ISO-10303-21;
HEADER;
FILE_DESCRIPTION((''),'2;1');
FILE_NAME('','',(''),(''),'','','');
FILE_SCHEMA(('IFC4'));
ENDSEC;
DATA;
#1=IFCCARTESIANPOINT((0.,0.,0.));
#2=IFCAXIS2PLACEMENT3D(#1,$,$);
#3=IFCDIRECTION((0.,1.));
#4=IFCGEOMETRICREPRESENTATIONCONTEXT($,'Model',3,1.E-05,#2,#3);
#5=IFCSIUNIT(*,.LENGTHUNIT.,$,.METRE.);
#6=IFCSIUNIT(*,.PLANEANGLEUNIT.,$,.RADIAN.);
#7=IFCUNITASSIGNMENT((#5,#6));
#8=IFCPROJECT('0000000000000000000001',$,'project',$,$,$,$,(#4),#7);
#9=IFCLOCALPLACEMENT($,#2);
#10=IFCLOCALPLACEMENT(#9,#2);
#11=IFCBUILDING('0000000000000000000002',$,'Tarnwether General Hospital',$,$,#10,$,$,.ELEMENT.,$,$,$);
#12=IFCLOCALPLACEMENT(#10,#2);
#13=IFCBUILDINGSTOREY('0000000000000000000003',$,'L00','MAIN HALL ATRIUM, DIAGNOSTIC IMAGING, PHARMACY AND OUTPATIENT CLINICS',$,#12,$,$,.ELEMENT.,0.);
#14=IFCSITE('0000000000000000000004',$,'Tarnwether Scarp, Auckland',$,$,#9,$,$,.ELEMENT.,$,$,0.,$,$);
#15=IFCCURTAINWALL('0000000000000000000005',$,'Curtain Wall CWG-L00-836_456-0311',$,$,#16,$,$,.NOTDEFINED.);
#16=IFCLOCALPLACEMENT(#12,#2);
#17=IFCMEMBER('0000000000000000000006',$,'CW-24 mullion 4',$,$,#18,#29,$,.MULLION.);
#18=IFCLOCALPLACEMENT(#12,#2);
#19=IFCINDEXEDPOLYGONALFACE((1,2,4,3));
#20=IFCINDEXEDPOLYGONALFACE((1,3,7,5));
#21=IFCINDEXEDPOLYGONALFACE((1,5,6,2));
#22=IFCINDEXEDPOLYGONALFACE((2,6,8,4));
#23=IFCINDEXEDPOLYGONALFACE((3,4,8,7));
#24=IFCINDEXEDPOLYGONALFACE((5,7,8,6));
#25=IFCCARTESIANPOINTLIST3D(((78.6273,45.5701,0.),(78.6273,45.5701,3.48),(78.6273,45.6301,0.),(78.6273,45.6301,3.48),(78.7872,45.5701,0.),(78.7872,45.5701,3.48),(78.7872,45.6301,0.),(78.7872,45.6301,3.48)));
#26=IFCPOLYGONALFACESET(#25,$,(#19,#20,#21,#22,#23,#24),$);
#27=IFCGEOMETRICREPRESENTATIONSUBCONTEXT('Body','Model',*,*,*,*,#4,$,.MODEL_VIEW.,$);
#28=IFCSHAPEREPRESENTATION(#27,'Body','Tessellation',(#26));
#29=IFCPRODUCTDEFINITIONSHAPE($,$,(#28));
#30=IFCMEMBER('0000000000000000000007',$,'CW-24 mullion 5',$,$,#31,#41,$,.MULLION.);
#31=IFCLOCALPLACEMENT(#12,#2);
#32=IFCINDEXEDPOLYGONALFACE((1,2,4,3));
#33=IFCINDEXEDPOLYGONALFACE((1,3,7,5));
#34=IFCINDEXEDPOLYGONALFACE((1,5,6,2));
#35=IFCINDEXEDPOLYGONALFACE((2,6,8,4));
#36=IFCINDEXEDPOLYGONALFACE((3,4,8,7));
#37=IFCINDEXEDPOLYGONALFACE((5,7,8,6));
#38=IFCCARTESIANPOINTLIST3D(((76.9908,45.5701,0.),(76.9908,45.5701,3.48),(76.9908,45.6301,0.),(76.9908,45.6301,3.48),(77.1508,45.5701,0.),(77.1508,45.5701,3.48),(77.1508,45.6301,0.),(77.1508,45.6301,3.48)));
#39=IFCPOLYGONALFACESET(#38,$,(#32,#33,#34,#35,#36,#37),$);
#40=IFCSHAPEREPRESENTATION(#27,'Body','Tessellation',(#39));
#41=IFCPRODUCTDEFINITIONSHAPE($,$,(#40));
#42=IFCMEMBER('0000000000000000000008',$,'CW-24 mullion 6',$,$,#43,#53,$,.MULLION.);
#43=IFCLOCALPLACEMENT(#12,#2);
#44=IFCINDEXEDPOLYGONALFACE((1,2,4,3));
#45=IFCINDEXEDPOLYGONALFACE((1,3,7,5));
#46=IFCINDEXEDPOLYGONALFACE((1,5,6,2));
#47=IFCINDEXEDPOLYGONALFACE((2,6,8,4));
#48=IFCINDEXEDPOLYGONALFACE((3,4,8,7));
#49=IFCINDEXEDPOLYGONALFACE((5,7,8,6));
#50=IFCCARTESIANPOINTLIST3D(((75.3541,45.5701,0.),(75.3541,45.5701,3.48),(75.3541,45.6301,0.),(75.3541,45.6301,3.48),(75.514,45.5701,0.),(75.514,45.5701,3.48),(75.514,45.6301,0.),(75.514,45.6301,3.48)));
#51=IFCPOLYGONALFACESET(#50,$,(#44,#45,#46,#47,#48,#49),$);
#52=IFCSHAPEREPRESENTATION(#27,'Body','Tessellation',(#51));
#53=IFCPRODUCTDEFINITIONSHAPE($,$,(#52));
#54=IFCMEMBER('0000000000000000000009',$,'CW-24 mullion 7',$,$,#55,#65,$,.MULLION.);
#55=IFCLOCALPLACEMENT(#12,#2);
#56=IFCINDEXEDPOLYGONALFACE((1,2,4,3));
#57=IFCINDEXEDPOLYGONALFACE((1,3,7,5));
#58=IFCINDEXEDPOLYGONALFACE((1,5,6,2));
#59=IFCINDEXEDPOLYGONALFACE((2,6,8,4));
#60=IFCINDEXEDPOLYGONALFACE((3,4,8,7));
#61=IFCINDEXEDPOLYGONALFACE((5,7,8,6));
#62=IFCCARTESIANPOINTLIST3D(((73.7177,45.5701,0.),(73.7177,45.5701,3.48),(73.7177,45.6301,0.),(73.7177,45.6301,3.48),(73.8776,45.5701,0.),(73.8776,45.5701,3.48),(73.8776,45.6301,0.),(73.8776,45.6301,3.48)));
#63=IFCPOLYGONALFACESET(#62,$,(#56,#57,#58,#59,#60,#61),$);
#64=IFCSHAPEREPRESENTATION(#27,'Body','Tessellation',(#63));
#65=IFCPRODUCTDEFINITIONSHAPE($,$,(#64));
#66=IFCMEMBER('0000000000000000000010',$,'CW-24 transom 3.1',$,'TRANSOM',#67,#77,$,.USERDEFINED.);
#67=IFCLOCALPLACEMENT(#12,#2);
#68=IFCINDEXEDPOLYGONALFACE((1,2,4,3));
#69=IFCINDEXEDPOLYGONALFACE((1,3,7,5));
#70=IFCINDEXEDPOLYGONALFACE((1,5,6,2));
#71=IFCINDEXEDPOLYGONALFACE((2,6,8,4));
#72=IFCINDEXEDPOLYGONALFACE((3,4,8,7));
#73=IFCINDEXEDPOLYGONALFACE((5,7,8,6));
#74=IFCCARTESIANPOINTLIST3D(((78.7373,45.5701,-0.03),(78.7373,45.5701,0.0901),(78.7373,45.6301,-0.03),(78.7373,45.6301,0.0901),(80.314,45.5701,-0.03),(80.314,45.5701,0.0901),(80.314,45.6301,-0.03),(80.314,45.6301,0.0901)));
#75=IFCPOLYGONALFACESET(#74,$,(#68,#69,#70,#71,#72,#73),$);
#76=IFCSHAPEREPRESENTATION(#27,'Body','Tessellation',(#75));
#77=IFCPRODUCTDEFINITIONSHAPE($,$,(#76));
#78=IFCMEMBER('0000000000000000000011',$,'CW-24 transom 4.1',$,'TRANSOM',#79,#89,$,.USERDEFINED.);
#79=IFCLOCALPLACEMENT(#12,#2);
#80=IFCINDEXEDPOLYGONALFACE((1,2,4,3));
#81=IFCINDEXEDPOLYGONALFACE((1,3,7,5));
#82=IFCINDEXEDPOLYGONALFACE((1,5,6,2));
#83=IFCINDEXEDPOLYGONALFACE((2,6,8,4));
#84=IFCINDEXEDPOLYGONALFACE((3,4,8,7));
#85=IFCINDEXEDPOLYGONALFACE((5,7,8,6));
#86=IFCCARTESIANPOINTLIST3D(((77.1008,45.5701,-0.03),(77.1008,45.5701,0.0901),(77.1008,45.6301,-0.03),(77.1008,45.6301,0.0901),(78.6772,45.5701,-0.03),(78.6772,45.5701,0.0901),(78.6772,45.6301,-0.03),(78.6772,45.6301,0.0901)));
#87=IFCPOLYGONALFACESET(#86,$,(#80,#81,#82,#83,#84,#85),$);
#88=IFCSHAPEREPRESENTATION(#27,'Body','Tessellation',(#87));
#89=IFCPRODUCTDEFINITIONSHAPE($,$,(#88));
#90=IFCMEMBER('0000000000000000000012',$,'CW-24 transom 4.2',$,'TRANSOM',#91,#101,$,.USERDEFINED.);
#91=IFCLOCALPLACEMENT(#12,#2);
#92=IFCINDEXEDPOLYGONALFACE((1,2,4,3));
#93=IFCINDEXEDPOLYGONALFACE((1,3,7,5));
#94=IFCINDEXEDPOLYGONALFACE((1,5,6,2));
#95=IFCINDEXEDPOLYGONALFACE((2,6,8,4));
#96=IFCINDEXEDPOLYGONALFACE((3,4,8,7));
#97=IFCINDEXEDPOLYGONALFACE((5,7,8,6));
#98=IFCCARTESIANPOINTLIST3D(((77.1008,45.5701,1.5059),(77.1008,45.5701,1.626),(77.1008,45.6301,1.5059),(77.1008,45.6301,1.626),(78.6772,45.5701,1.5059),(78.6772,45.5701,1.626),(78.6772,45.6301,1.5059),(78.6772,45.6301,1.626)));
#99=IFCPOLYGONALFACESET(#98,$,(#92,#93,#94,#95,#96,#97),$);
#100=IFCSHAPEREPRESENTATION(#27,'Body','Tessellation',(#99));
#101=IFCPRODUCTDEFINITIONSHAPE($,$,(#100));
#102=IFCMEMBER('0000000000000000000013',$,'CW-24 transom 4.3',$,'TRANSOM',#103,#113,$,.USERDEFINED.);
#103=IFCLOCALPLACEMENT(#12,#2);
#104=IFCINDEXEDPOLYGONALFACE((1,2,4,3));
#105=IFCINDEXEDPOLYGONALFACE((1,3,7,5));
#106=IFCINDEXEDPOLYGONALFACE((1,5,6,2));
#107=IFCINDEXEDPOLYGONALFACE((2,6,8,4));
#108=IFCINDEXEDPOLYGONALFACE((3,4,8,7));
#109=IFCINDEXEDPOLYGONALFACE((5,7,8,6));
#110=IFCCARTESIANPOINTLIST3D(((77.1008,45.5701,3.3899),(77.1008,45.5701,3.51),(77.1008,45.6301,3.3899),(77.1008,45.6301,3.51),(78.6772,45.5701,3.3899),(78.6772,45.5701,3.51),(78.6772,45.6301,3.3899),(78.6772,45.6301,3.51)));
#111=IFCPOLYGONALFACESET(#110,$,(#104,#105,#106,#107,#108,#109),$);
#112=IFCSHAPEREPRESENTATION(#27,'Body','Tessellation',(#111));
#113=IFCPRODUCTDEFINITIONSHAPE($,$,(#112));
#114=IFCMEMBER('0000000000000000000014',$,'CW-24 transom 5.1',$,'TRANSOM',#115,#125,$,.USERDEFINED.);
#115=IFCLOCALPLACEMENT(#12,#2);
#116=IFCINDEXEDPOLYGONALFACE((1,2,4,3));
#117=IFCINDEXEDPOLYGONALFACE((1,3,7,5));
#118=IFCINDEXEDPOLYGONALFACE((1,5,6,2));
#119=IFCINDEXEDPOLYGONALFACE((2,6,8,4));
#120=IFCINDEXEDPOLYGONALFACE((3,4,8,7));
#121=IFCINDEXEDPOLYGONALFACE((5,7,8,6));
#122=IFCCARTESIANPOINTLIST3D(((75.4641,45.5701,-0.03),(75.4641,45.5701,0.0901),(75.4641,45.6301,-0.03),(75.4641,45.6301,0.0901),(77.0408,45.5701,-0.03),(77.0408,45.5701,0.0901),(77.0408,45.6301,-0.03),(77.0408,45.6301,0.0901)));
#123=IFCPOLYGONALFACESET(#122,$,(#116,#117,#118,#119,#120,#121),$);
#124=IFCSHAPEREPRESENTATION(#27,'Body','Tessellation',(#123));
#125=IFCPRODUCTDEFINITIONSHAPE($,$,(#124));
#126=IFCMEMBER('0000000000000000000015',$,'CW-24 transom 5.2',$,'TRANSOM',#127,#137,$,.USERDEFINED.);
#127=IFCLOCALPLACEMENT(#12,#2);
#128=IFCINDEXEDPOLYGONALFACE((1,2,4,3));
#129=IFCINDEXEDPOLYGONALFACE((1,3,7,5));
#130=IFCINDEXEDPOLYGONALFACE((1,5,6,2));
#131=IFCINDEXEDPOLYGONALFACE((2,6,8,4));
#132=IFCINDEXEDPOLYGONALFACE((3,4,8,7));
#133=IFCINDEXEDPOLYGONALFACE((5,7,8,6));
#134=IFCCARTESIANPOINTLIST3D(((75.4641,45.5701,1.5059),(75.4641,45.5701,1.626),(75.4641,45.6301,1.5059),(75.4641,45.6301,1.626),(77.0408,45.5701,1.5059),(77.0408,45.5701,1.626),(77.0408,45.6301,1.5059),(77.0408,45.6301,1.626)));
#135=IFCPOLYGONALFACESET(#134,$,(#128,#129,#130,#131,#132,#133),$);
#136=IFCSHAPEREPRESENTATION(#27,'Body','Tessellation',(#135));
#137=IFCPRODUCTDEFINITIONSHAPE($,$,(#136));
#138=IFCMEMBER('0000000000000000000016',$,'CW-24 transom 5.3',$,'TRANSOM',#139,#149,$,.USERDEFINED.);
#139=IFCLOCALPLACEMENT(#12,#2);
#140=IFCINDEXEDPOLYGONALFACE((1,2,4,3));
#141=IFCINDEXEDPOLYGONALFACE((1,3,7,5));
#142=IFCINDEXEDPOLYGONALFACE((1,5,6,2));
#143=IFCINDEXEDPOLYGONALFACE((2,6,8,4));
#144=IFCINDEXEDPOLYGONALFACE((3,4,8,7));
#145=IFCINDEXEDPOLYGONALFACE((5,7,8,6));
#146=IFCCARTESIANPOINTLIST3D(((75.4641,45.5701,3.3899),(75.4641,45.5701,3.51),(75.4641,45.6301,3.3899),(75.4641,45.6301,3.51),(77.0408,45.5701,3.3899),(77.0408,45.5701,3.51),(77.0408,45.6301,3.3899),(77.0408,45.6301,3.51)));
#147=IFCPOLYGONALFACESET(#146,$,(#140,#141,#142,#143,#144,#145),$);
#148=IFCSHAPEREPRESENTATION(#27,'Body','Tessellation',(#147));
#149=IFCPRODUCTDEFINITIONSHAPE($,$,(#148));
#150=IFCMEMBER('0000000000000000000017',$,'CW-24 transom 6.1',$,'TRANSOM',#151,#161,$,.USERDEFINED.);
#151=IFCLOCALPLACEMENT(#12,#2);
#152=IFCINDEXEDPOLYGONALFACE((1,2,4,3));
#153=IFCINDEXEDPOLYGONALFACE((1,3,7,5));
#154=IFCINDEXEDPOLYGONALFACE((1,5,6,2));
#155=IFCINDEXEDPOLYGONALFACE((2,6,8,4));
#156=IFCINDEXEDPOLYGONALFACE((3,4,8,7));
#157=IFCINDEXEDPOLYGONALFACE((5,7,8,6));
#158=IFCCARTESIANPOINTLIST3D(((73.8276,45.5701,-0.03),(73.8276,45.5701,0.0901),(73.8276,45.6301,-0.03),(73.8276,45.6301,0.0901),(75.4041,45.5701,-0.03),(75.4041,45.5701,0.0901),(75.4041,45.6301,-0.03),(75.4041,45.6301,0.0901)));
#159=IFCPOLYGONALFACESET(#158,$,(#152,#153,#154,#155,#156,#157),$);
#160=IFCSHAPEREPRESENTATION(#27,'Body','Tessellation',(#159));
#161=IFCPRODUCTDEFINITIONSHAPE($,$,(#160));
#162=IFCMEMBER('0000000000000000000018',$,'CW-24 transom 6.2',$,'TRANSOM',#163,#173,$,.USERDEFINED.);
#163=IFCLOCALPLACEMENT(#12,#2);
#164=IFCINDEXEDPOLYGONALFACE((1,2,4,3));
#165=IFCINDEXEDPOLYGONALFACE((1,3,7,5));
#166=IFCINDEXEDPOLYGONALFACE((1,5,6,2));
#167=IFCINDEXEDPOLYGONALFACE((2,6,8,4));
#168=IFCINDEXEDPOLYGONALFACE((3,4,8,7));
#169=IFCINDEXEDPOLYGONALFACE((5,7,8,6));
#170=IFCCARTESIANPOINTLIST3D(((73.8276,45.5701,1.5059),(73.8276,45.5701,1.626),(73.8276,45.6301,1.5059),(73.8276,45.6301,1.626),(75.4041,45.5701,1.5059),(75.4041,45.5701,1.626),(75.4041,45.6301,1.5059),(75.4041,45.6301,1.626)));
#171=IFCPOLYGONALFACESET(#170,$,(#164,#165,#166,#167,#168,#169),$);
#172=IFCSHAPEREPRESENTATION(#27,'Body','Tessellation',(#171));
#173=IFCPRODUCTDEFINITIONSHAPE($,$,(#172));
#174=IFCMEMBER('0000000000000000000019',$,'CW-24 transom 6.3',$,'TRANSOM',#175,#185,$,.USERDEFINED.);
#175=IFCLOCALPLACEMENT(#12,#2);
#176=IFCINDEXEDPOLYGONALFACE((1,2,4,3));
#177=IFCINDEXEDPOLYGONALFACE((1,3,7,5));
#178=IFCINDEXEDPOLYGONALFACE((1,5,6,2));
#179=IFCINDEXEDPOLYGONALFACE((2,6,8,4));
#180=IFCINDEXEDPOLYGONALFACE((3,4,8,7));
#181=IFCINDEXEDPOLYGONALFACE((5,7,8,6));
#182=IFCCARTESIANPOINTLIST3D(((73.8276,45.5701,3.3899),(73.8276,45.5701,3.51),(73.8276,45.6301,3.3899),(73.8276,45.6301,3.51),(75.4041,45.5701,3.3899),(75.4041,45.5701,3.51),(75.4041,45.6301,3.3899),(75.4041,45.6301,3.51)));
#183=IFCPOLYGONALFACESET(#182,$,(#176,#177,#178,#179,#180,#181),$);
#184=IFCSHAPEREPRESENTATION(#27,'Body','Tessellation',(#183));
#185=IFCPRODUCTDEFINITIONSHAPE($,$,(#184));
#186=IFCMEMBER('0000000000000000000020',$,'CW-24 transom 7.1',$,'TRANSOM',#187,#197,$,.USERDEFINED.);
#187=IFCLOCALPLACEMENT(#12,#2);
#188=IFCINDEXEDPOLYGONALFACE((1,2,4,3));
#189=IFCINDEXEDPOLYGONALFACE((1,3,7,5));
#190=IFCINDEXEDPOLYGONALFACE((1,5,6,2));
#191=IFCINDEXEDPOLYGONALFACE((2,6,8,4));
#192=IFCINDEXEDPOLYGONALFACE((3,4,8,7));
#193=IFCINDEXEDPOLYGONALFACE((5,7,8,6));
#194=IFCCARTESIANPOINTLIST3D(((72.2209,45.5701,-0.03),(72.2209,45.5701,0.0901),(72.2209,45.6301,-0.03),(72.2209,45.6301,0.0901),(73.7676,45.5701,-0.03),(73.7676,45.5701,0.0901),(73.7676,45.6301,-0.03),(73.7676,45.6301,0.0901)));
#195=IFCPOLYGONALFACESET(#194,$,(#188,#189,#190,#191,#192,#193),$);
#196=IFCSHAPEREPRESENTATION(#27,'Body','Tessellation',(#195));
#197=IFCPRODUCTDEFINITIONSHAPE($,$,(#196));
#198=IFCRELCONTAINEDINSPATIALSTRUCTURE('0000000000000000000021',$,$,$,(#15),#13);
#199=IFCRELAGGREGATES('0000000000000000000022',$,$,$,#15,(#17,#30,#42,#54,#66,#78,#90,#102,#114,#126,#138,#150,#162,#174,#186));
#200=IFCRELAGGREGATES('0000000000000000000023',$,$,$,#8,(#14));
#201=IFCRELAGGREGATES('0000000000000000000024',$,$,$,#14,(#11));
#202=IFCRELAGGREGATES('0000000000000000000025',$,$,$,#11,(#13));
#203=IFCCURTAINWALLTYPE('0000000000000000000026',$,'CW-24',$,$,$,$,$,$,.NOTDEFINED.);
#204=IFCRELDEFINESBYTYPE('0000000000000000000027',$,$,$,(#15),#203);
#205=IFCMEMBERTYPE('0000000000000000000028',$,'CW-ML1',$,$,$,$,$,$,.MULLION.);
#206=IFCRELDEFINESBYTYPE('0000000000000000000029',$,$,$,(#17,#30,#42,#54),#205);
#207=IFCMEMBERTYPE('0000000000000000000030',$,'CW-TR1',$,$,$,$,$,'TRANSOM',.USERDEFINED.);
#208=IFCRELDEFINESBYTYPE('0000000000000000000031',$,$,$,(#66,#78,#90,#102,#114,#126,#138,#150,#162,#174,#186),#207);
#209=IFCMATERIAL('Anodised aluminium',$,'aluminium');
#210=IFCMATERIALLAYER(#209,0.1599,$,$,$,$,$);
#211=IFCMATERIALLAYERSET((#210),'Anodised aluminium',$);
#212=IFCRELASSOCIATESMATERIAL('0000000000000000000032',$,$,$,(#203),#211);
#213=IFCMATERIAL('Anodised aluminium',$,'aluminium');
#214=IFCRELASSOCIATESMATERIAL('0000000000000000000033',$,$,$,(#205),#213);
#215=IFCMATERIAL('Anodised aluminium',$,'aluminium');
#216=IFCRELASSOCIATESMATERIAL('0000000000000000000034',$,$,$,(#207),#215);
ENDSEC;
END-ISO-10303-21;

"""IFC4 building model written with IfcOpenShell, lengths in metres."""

from ifc_helpers import new_model, si_unit, direction, frame, origin, origin_2d, place, context, subcontext, project, spatial, rectangle, extrude, material, layer, layer_set, material_profile, profile_set, type_object, element, aggregate, save


model = new_model("IFC4")

# Units and contexts
model_context = context("Model", 3, precision=1e-05, world=origin(), true_north=direction((0.0, 1.0)))
body_context = subcontext(model_context, "Body", "Model", "MODEL_VIEW")
ifc_project = project(units=[si_unit("LENGTHUNIT", "METRE"), si_unit("PLANEANGLEUNIT", "RADIAN")], contexts=[model_context])

# Site, building, storey
site_placement = place(None, origin())
site = spatial("IfcSite", under=ifc_project, at=site_placement, Name="Tarnwether Scarp, Auckland", CompositionType="ELEMENT", RefElevation=0.0)
building_placement = place(site_placement, origin())
building = spatial("IfcBuilding", under=site, at=building_placement, Name="Tarnwether General Hospital", CompositionType="ELEMENT")
storey_placement = place(building_placement, origin())
storey = spatial("IfcBuildingStorey", under=building, at=storey_placement, Name="L00", Description="MAIN HALL ATRIUM, DIAGNOSTIC IMAGING, PHARMACY AND OUTPATIENT CLINICS", CompositionType="ELEMENT", Elevation=0.0)

# Curtain wall, members
ifc_material_1 = material(Name="Anodised aluminium", Category="aluminium")
ifc_layer_1 = layer(ifc_material_1, 0.1599)
ifc_layer_set_1 = layer_set([ifc_layer_1], Name="Anodised aluminium")
curtain_wall_type = type_object("IfcCurtainWallType", Name="CW-24", PredefinedType="NOTDEFINED", material=ifc_layer_set_1)
curtain_wall_placement = place(storey_placement, origin())
curtain_wall = element("IfcCurtainWall", 1, at=curtain_wall_placement, inside=storey, type_object=curtain_wall_type, Name="Curtain Wall CWG-L00-836_456-0311", PredefinedType="NOTDEFINED")
ifc_material_2 = material(Name="Anodised aluminium", Category="aluminium")
ifc_material_profile_1 = material_profile(ifc_material_2, rectangle(XDim=0.0601, YDim=0.1599, at=origin_2d()), Name="ALU-MUL-60x160")
ifc_profile_set_1 = profile_set([ifc_material_profile_1], Name="Anodised aluminium")
member_type_1 = type_object("IfcMemberType", Name="CW-ML1", PredefinedType="MULLION", material=ifc_profile_set_1)
member_1_placement = place(storey_placement, frame((78.7073, 45.6001, 0.0), z_axis=(0.0, 0.0, 1.0), x_axis=(0.0, -1.0, 0.0)))
member_1 = element("IfcMember", 2, at=member_1_placement, type_object=member_type_1, Name="CW-24 mullion 4", PredefinedType="MULLION", context=body_context, shape_type="SweptSolid", body=[
    extrude(rectangle(XDim=0.0601, YDim=0.1599, at=origin_2d()), origin(), (0.0, 0.0, 1.0), 3.48),
])
member_2_placement = place(storey_placement, frame((77.0708, 45.6001, 0.0), z_axis=(0.0, 0.0, 1.0), x_axis=(0.0, -1.0, 0.0)))
member_2 = element("IfcMember", 3, at=member_2_placement, type_object=member_type_1, Name="CW-24 mullion 5", PredefinedType="MULLION", context=body_context, shape_type="SweptSolid", body=[
    extrude(rectangle(XDim=0.0601, YDim=0.1599, at=origin_2d()), origin(), (0.0, 0.0, 1.0), 3.48),
])
member_3_placement = place(storey_placement, frame((75.4341, 45.6001, 0.0), z_axis=(0.0, 0.0, 1.0), x_axis=(0.0, -1.0, 0.0)))
member_3 = element("IfcMember", 4, at=member_3_placement, type_object=member_type_1, Name="CW-24 mullion 6", PredefinedType="MULLION", context=body_context, shape_type="SweptSolid", body=[
    extrude(rectangle(XDim=0.0601, YDim=0.1599, at=origin_2d()), origin(), (0.0, 0.0, 1.0), 3.48),
])
member_4_placement = place(storey_placement, frame((73.7976, 45.6001, 0.0), z_axis=(0.0, 0.0, 1.0), x_axis=(0.0, -1.0, 0.0)))
member_4 = element("IfcMember", 5, at=member_4_placement, type_object=member_type_1, Name="CW-24 mullion 7", PredefinedType="MULLION", context=body_context, shape_type="SweptSolid", body=[
    extrude(rectangle(XDim=0.0601, YDim=0.1599, at=origin_2d()), origin(), (0.0, 0.0, 1.0), 3.48),
])
ifc_material_3 = material(Name="Anodised aluminium", Category="aluminium")
ifc_material_profile_2 = material_profile(ifc_material_3, rectangle(XDim=0.0601, YDim=0.1201, at=origin_2d()), Name="ALU-TRN-60x120")
ifc_profile_set_2 = profile_set([ifc_material_profile_2], Name="Anodised aluminium")
member_type_2 = type_object("IfcMemberType", Name="CW-TR1", ElementType="TRANSOM", PredefinedType="USERDEFINED", material=ifc_profile_set_2)
member_5_placement = place(storey_placement, frame((80.314, 45.6001, 0.03), z_axis=(-1.0, 0.0, 0.0), x_axis=(0.0, -1.0, 0.0)))
member_5 = element("IfcMember", 6, at=member_5_placement, type_object=member_type_2, Name="CW-24 transom 3.1", ObjectType="TRANSOM", PredefinedType="USERDEFINED", context=body_context, shape_type="SweptSolid", body=[
    extrude(rectangle(XDim=0.0601, YDim=0.1201, at=origin_2d()), origin(), (0.0, 0.0, 1.0), 1.5767),
])
member_6_placement = place(storey_placement, frame((78.6772, 45.6001, 0.03), z_axis=(-1.0, 0.0, 0.0), x_axis=(0.0, -1.0, 0.0)))
member_6 = element("IfcMember", 7, at=member_6_placement, type_object=member_type_2, Name="CW-24 transom 4.1", ObjectType="TRANSOM", PredefinedType="USERDEFINED", context=body_context, shape_type="SweptSolid", body=[
    extrude(rectangle(XDim=0.0601, YDim=0.1201, at=origin_2d()), origin(), (0.0, 0.0, 1.0), 1.5764),
])
member_7_placement = place(storey_placement, frame((78.6772, 45.6001, 1.5659), z_axis=(-1.0, 0.0, 0.0), x_axis=(0.0, -1.0, 0.0)))
member_7 = element("IfcMember", 8, at=member_7_placement, type_object=member_type_2, Name="CW-24 transom 4.2", ObjectType="TRANSOM", PredefinedType="USERDEFINED", context=body_context, shape_type="SweptSolid", body=[
    extrude(rectangle(XDim=0.0601, YDim=0.1201, at=origin_2d()), origin(), (0.0, 0.0, 1.0), 1.5764),
])
member_8_placement = place(storey_placement, frame((78.6772, 45.6001, 3.45), z_axis=(-1.0, 0.0, 0.0), x_axis=(0.0, -1.0, 0.0)))
member_8 = element("IfcMember", 9, at=member_8_placement, type_object=member_type_2, Name="CW-24 transom 4.3", ObjectType="TRANSOM", PredefinedType="USERDEFINED", context=body_context, shape_type="SweptSolid", body=[
    extrude(rectangle(XDim=0.0601, YDim=0.1201, at=origin_2d()), origin(), (0.0, 0.0, 1.0), 1.5764),
])
member_9_placement = place(storey_placement, frame((77.0408, 45.6001, 0.03), z_axis=(-1.0, 0.0, 0.0), x_axis=(0.0, -1.0, 0.0)))
member_9 = element("IfcMember", 10, at=member_9_placement, type_object=member_type_2, Name="CW-24 transom 5.1", ObjectType="TRANSOM", PredefinedType="USERDEFINED", context=body_context, shape_type="SweptSolid", body=[
    extrude(rectangle(XDim=0.0601, YDim=0.1201, at=origin_2d()), origin(), (0.0, 0.0, 1.0), 1.5767),
])
member_10_placement = place(storey_placement, frame((77.0408, 45.6001, 1.5659), z_axis=(-1.0, 0.0, 0.0), x_axis=(0.0, -1.0, 0.0)))
member_10 = element("IfcMember", 11, at=member_10_placement, type_object=member_type_2, Name="CW-24 transom 5.2", ObjectType="TRANSOM", PredefinedType="USERDEFINED", context=body_context, shape_type="SweptSolid", body=[
    extrude(rectangle(XDim=0.0601, YDim=0.1201, at=origin_2d()), origin(), (0.0, 0.0, 1.0), 1.5767),
])
member_11_placement = place(storey_placement, frame((77.0408, 45.6001, 3.45), z_axis=(-1.0, 0.0, 0.0), x_axis=(0.0, -1.0, 0.0)))
member_11 = element("IfcMember", 12, at=member_11_placement, type_object=member_type_2, Name="CW-24 transom 5.3", ObjectType="TRANSOM", PredefinedType="USERDEFINED", context=body_context, shape_type="SweptSolid", body=[
    extrude(rectangle(XDim=0.0601, YDim=0.1201, at=origin_2d()), origin(), (0.0, 0.0, 1.0), 1.5767),
])
member_12_placement = place(storey_placement, frame((75.4041, 45.6001, 0.03), z_axis=(-1.0, 0.0, 0.0), x_axis=(0.0, -1.0, 0.0)))
member_12 = element("IfcMember", 13, at=member_12_placement, type_object=member_type_2, Name="CW-24 transom 6.1", ObjectType="TRANSOM", PredefinedType="USERDEFINED", context=body_context, shape_type="SweptSolid", body=[
    extrude(rectangle(XDim=0.0601, YDim=0.1201, at=origin_2d()), origin(), (0.0, 0.0, 1.0), 1.5764),
])
member_13_placement = place(storey_placement, frame((75.4041, 45.6001, 1.5659), z_axis=(-1.0, 0.0, 0.0), x_axis=(0.0, -1.0, 0.0)))
member_13 = element("IfcMember", 14, at=member_13_placement, type_object=member_type_2, Name="CW-24 transom 6.2", ObjectType="TRANSOM", PredefinedType="USERDEFINED", context=body_context, shape_type="SweptSolid", body=[
    extrude(rectangle(XDim=0.0601, YDim=0.1201, at=origin_2d()), origin(), (0.0, 0.0, 1.0), 1.5764),
])
member_14_placement = place(storey_placement, frame((75.4041, 45.6001, 3.45), z_axis=(-1.0, 0.0, 0.0), x_axis=(0.0, -1.0, 0.0)))
member_14 = element("IfcMember", 15, at=member_14_placement, type_object=member_type_2, Name="CW-24 transom 6.3", ObjectType="TRANSOM", PredefinedType="USERDEFINED", context=body_context, shape_type="SweptSolid", body=[
    extrude(rectangle(XDim=0.0601, YDim=0.1201, at=origin_2d()), origin(), (0.0, 0.0, 1.0), 1.5764),
])
member_15_placement = place(storey_placement, frame((73.7676, 45.6001, 0.03), z_axis=(-1.0, 0.0, 0.0), x_axis=(0.0, -1.0, 0.0)))
member_15 = element("IfcMember", 16, at=member_15_placement, type_object=member_type_2, Name="CW-24 transom 7.1", ObjectType="TRANSOM", PredefinedType="USERDEFINED", context=body_context, shape_type="SweptSolid", body=[
    extrude(rectangle(XDim=0.0601, YDim=0.1201, at=origin_2d()), origin(), (0.0, 0.0, 1.0), 1.5466),
])
aggregate(curtain_wall, [member_1, member_2, member_3, member_4, member_5, member_6, member_7, member_8, member_9, member_10, member_11, member_12, member_13, member_14, member_15])

save(model, "model.ifc")
